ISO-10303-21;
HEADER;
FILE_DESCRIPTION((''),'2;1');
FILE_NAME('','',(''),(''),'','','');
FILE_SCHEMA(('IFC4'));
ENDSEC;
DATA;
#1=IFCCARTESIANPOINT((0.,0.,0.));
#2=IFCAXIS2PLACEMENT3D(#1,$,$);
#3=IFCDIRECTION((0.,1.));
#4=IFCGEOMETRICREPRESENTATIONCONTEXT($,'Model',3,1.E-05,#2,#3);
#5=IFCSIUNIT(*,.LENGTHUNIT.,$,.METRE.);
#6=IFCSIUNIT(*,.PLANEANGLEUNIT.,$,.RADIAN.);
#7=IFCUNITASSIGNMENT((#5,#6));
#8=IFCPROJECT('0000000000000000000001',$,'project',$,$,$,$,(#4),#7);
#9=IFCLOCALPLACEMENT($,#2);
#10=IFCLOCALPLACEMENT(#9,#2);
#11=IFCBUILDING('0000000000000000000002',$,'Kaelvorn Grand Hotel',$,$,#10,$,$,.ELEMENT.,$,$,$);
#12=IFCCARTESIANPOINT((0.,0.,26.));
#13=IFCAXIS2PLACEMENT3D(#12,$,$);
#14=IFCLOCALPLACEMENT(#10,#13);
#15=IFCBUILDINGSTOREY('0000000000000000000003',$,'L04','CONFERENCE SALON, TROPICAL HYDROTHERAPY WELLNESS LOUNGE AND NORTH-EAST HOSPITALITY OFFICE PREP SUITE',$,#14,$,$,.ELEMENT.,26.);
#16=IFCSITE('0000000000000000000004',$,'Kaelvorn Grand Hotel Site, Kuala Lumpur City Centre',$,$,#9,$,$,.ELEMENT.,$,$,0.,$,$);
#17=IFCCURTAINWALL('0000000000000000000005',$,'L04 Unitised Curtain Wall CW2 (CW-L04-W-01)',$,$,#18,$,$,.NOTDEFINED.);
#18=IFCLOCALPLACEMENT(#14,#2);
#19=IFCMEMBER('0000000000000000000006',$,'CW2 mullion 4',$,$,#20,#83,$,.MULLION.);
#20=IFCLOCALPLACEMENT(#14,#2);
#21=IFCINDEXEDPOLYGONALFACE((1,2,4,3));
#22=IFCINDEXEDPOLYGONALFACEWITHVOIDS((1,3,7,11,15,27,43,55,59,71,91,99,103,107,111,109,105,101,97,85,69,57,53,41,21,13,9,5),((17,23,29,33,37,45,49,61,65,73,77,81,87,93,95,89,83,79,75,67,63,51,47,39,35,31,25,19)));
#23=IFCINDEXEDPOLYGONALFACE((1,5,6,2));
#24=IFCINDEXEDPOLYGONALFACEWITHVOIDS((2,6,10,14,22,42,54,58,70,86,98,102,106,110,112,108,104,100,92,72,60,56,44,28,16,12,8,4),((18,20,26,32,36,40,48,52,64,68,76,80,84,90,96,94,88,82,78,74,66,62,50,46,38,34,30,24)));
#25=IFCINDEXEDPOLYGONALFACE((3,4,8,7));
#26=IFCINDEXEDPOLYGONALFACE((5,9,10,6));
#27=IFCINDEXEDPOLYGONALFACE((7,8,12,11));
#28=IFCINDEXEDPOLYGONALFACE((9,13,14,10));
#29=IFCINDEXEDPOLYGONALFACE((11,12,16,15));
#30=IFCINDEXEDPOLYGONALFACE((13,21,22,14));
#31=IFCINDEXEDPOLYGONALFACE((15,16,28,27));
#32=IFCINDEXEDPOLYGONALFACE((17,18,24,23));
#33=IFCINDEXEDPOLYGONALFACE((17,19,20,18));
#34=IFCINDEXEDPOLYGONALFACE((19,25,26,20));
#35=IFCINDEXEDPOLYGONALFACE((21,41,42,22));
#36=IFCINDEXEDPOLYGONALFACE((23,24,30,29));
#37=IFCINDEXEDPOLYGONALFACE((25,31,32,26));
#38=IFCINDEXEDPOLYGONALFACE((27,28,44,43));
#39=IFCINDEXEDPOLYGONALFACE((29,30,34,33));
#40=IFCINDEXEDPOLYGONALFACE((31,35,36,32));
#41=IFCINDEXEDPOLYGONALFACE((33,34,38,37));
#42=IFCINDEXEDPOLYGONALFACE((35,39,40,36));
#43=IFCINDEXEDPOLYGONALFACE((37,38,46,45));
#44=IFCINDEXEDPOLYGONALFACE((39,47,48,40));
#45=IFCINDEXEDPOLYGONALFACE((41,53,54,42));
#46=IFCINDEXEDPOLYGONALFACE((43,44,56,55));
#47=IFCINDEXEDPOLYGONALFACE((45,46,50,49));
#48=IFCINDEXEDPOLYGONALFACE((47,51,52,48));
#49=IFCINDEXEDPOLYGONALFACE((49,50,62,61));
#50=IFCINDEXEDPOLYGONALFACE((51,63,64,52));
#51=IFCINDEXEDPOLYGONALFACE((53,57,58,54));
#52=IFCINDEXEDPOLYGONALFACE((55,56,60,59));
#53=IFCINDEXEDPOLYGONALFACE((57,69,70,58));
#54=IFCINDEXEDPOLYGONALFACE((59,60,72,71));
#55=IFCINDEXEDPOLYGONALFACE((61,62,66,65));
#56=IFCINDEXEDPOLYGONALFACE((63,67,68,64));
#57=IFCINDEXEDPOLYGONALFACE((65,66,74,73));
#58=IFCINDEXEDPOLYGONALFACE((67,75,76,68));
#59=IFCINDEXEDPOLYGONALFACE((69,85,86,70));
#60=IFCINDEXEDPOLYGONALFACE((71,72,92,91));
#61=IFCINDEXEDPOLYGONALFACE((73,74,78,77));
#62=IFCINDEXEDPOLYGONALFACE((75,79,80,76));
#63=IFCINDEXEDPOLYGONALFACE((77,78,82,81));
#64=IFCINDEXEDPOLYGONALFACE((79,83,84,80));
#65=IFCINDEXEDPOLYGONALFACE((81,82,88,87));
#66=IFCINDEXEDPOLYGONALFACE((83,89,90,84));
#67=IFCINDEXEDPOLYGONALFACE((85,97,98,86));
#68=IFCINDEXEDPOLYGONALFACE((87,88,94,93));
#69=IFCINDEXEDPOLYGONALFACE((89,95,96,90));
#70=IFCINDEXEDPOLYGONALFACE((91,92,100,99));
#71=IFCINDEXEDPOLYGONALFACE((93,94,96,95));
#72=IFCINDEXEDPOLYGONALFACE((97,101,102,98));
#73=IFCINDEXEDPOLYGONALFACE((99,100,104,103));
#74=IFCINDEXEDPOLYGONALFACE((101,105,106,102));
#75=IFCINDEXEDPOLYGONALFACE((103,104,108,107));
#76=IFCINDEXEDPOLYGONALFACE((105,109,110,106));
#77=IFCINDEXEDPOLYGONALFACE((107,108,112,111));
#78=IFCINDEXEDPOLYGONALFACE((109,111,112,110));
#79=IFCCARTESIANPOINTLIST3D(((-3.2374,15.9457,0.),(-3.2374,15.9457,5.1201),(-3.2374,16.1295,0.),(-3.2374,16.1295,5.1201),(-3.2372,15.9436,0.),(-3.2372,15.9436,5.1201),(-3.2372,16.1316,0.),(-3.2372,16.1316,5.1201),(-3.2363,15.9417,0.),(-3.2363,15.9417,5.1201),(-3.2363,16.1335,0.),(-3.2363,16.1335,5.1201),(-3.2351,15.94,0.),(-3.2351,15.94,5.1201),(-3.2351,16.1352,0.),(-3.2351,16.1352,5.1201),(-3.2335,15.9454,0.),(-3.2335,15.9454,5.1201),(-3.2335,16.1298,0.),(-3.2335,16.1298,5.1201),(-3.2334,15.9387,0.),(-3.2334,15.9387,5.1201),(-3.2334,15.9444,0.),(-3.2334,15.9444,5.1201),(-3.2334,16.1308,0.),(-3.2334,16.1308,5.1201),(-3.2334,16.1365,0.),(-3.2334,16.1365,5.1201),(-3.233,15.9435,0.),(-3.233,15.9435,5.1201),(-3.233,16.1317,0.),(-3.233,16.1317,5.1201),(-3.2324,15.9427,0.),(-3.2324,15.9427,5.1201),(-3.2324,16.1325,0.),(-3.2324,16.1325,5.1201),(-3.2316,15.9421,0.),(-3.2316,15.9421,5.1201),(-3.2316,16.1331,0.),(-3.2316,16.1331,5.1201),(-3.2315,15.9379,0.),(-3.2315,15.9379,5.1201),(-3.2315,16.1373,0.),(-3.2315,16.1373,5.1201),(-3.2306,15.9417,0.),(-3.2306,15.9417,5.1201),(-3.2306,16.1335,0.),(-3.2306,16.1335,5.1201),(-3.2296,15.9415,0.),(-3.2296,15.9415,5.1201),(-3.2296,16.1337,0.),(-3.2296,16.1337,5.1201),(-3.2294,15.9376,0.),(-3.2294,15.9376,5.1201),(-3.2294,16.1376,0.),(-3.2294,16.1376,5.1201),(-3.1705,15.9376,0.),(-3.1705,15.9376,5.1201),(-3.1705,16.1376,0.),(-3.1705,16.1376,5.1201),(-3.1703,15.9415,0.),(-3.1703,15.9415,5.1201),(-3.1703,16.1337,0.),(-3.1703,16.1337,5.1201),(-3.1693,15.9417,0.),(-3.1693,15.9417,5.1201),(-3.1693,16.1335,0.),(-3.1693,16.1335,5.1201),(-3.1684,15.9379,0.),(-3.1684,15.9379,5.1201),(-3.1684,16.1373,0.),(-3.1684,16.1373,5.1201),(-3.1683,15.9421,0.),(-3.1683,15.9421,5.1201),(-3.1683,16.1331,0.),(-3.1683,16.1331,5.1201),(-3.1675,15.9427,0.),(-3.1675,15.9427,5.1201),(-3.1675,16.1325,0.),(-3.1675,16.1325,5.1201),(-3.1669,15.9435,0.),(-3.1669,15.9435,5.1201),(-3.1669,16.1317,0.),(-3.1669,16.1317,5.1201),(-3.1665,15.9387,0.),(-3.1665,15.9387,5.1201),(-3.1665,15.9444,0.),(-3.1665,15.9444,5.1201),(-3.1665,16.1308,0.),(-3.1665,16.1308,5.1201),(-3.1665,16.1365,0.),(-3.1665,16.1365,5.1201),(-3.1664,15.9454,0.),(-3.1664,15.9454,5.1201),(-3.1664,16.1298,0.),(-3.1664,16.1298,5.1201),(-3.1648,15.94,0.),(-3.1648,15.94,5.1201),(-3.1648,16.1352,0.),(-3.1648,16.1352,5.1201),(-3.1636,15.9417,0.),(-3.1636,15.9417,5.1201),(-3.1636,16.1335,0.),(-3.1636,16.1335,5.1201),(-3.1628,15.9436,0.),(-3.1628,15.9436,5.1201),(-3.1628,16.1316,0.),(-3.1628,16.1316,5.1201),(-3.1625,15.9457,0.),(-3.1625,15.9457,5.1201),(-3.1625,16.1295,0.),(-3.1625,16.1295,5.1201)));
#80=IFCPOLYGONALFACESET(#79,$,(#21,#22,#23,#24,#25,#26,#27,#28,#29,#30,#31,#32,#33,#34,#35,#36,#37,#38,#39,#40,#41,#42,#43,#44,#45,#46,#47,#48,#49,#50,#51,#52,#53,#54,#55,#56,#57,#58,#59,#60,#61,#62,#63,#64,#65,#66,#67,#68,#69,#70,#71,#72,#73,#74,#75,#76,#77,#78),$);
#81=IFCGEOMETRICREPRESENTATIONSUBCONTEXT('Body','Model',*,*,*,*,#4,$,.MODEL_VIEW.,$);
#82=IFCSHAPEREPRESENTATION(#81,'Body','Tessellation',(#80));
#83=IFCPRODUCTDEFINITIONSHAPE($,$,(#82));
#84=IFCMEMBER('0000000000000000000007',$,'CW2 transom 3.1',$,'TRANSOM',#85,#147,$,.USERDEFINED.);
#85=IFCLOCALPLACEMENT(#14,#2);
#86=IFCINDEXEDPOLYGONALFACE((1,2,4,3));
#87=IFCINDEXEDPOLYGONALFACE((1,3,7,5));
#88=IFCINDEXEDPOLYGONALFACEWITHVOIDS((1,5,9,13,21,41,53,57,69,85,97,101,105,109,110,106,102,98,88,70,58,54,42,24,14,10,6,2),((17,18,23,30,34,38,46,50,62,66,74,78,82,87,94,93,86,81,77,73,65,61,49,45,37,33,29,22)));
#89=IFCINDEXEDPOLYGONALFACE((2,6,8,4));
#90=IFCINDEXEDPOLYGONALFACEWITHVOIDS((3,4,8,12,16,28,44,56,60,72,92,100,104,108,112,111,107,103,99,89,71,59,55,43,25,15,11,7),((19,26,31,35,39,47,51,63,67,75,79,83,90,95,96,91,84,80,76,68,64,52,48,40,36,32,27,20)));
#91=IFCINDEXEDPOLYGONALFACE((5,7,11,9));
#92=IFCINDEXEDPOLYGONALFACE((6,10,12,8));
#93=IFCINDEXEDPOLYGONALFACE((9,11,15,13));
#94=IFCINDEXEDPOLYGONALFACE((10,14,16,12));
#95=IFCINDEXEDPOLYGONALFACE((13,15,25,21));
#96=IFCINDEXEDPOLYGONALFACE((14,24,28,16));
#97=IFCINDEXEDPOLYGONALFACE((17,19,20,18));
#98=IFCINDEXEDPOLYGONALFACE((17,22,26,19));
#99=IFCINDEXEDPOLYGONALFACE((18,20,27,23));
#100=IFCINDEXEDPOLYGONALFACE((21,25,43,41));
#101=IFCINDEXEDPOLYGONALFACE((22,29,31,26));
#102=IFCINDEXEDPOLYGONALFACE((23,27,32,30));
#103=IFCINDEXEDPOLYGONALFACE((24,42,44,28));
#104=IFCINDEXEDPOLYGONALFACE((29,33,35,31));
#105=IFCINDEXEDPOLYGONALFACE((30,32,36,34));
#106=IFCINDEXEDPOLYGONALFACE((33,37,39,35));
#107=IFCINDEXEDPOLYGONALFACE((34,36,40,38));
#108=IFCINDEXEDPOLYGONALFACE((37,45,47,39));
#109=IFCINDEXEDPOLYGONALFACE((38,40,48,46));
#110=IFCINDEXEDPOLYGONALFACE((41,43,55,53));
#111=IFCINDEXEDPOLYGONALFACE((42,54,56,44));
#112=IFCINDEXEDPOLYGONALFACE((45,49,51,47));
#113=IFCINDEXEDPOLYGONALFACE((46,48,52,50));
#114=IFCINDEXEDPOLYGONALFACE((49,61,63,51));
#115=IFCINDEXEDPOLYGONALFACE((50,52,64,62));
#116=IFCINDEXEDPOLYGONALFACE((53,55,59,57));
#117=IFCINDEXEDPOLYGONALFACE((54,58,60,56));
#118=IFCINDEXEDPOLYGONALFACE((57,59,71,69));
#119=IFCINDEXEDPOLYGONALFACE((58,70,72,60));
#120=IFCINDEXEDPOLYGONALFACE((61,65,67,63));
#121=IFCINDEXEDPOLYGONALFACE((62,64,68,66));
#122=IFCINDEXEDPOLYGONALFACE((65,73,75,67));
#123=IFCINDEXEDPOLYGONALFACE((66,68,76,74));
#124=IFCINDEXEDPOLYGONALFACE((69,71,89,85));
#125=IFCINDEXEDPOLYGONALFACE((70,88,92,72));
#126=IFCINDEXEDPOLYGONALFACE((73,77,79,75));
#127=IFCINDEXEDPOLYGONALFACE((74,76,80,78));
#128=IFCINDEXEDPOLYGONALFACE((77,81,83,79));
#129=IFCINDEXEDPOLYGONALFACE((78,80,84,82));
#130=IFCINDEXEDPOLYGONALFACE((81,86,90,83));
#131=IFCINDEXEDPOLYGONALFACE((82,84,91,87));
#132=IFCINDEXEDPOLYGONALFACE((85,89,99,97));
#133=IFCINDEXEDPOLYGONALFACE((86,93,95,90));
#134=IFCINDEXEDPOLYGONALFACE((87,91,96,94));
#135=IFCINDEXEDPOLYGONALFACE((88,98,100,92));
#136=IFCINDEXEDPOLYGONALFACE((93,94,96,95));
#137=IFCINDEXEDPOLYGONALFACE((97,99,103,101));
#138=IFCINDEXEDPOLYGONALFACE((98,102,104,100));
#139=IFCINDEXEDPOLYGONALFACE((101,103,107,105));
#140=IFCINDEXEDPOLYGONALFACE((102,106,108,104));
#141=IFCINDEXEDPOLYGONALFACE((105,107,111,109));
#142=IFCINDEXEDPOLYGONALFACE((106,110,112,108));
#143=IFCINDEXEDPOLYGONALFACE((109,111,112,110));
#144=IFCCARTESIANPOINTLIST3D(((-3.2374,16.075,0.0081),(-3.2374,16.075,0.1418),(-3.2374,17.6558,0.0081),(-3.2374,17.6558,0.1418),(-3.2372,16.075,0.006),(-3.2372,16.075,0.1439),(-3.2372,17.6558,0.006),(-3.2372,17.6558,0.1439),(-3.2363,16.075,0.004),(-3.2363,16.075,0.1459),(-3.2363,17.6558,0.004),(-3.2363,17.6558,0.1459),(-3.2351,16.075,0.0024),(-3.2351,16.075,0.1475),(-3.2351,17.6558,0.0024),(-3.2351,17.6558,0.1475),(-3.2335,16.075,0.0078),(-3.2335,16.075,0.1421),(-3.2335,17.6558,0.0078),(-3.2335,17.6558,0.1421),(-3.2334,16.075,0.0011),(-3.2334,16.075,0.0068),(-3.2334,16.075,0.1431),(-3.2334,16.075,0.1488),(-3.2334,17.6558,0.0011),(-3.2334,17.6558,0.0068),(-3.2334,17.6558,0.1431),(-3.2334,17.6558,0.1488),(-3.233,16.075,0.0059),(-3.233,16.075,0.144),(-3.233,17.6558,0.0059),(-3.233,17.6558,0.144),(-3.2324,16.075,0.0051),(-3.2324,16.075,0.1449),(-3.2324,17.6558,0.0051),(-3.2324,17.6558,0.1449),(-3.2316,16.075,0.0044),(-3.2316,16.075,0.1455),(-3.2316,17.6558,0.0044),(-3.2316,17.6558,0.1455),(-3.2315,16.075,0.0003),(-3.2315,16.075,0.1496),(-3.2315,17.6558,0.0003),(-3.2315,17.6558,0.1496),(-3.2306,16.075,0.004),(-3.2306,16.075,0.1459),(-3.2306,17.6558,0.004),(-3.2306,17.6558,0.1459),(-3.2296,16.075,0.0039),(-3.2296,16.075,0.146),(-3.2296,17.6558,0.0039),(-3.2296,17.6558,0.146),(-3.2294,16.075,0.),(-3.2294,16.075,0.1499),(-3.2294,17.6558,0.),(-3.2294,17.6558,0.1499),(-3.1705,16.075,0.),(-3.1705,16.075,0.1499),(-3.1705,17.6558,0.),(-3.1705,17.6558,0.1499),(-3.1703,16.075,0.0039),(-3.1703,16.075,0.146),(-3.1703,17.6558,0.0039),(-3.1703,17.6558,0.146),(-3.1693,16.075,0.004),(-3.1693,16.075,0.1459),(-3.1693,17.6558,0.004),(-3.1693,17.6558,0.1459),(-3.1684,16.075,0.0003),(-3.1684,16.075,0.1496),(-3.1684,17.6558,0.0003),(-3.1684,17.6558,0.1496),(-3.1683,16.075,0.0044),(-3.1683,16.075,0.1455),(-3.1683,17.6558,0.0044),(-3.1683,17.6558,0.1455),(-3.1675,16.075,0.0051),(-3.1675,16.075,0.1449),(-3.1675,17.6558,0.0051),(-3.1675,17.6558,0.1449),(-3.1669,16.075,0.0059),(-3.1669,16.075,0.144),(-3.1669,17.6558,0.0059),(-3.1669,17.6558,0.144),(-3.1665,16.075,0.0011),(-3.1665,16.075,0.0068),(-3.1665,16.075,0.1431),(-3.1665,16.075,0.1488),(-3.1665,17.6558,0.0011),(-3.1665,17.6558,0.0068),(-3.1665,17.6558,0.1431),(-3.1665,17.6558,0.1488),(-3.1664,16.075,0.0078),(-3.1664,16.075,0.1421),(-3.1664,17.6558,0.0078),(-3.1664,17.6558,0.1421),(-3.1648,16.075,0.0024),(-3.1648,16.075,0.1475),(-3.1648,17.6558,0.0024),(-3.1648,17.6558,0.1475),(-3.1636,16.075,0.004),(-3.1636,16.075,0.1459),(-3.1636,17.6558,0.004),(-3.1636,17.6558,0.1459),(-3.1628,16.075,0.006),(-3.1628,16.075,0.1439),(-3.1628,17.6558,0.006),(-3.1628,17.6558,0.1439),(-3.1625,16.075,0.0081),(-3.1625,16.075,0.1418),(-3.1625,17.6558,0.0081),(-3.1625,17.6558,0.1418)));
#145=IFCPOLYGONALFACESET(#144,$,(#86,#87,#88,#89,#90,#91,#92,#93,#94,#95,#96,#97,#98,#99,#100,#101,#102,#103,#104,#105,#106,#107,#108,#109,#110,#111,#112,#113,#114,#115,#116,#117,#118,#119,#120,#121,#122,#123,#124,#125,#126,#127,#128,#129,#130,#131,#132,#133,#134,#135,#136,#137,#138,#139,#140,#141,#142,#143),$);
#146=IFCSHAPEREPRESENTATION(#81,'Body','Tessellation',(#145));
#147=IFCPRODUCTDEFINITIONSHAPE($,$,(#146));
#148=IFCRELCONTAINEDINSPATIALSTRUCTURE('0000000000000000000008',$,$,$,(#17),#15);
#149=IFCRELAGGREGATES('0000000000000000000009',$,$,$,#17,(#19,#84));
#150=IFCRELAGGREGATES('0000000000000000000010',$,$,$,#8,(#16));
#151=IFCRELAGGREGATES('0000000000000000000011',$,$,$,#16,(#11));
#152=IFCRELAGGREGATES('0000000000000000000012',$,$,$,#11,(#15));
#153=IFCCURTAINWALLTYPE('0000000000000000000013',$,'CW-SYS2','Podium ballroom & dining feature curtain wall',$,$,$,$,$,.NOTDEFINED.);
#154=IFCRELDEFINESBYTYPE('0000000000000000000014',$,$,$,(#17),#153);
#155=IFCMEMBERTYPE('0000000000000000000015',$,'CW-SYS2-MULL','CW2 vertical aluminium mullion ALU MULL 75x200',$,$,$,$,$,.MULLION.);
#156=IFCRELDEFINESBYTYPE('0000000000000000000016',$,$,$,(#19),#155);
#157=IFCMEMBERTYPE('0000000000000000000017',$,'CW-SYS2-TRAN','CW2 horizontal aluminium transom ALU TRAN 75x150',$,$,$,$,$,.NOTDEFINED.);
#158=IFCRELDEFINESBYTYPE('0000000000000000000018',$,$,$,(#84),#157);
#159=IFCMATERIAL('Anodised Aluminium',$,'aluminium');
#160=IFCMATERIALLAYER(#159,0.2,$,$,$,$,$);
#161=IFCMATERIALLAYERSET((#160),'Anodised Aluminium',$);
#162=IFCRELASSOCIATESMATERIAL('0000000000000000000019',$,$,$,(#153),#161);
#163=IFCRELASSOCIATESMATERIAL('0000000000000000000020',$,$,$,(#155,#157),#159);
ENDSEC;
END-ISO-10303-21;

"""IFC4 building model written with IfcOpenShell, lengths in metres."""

from ifc_helpers import new_model, si_unit, direction, frame, origin, origin_2d, place, context, subcontext, project, spatial, hollow_rectangle, extrude, material, layer, layer_set, material_profile, profile_set, type_object, element, aggregate, save


model = new_model("IFC4")

# Units and contexts
model_context = context("Model", 3, precision=1e-05, world=origin(), true_north=direction((0.0, 1.0)))
body_context = subcontext(model_context, "Body", "Model", "MODEL_VIEW")
ifc_project = project(units=[si_unit("LENGTHUNIT", "METRE"), si_unit("PLANEANGLEUNIT", "RADIAN")], contexts=[model_context])

# Site, building, storey
site_placement = place(None, origin())
site = spatial("IfcSite", under=ifc_project, at=site_placement, Name="Kaelvorn Grand Hotel Site, Kuala Lumpur City Centre", CompositionType="ELEMENT", RefElevation=0.0)
building_placement = place(site_placement, origin())
building = spatial("IfcBuilding", under=site, at=building_placement, Name="Kaelvorn Grand Hotel", CompositionType="ELEMENT")
storey_placement = place(building_placement, frame((0.0, 0.0, 26.0)))
storey = spatial("IfcBuildingStorey", under=building, at=storey_placement, Name="L04", Description="CONFERENCE SALON, TROPICAL HYDROTHERAPY WELLNESS LOUNGE AND NORTH-EAST HOSPITALITY OFFICE PREP SUITE", CompositionType="ELEMENT", Elevation=26.0)

# Curtain wall, members
ifc_material_1 = material(Name="Anodised Aluminium", Category="aluminium")
ifc_layer_1 = layer(ifc_material_1, 0.2)
ifc_layer_set_1 = layer_set([ifc_layer_1], Name="Anodised Aluminium")
curtain_wall_type = type_object("IfcCurtainWallType", Name="CW-SYS2", Description="Podium ballroom & dining feature curtain wall", PredefinedType="NOTDEFINED", material=ifc_layer_set_1)
curtain_wall_placement = place(storey_placement, origin())
curtain_wall = element("IfcCurtainWall", 1, at=curtain_wall_placement, inside=storey, type_object=curtain_wall_type, Name="L04 Unitised Curtain Wall CW2 (CW-L04-W-01)", PredefinedType="NOTDEFINED")
ifc_material_profile_1 = material_profile(ifc_material_1, hollow_rectangle(XDim=0.075, YDim=0.2, WallThickness=0.0039, InnerFilletRadius=0.0039, OuterFilletRadius=0.0081, at=origin_2d()), Name="ALU MULL 75x200")
ifc_profile_set_1 = profile_set([ifc_material_profile_1], Name="Anodised Aluminium")
member_type_1 = type_object("IfcMemberType", Name="CW-SYS2-MULL", Description="CW2 vertical aluminium mullion ALU MULL 75x200", PredefinedType="MULLION", material=ifc_profile_set_1)
member_1_placement = place(storey_placement, frame((-3.2, 16.0376, 0.0), z_axis=(0.0, 0.0, 1.0), x_axis=(1.0, 0.0, 0.0)))
member_1 = element("IfcMember", 2, at=member_1_placement, type_object=member_type_1, Name="CW2 mullion 4", PredefinedType="MULLION", context=body_context, shape_type="SweptSolid", body=[
    extrude(hollow_rectangle(XDim=0.075, YDim=0.2, WallThickness=0.0039, InnerFilletRadius=0.0039, OuterFilletRadius=0.0081, at=origin_2d()), origin(), (0.0, 0.0, 1.0), 5.1201),
])
ifc_material_profile_2 = material_profile(ifc_material_1, hollow_rectangle(XDim=0.075, YDim=0.1499, WallThickness=0.0039, InnerFilletRadius=0.0039, OuterFilletRadius=0.0081, at=origin_2d()), Name="ALU TRAN 75x150")
ifc_profile_set_2 = profile_set([ifc_material_profile_2], Name="Anodised Aluminium")
member_type_2 = type_object("IfcMemberType", Name="CW-SYS2-TRAN", Description="CW2 horizontal aluminium transom ALU TRAN 75x150", PredefinedType="NOTDEFINED", material=ifc_profile_set_2)
member_2_placement = place(storey_placement, frame((-3.2, 17.6558, 0.075), z_axis=(0.0, -1.0, 0.0), x_axis=(1.0, 0.0, 0.0)))
member_2 = element("IfcMember", 3, at=member_2_placement, type_object=member_type_2, Name="CW2 transom 3.1", ObjectType="TRANSOM", PredefinedType="USERDEFINED", context=body_context, shape_type="SweptSolid", body=[
    extrude(hollow_rectangle(XDim=0.075, YDim=0.1499, WallThickness=0.0039, InnerFilletRadius=0.0039, OuterFilletRadius=0.0081, at=origin_2d()), origin(), (0.0, 0.0, 1.0), 1.5808),
])
aggregate(curtain_wall, [member_1, member_2])

save(model, "model.ifc")
